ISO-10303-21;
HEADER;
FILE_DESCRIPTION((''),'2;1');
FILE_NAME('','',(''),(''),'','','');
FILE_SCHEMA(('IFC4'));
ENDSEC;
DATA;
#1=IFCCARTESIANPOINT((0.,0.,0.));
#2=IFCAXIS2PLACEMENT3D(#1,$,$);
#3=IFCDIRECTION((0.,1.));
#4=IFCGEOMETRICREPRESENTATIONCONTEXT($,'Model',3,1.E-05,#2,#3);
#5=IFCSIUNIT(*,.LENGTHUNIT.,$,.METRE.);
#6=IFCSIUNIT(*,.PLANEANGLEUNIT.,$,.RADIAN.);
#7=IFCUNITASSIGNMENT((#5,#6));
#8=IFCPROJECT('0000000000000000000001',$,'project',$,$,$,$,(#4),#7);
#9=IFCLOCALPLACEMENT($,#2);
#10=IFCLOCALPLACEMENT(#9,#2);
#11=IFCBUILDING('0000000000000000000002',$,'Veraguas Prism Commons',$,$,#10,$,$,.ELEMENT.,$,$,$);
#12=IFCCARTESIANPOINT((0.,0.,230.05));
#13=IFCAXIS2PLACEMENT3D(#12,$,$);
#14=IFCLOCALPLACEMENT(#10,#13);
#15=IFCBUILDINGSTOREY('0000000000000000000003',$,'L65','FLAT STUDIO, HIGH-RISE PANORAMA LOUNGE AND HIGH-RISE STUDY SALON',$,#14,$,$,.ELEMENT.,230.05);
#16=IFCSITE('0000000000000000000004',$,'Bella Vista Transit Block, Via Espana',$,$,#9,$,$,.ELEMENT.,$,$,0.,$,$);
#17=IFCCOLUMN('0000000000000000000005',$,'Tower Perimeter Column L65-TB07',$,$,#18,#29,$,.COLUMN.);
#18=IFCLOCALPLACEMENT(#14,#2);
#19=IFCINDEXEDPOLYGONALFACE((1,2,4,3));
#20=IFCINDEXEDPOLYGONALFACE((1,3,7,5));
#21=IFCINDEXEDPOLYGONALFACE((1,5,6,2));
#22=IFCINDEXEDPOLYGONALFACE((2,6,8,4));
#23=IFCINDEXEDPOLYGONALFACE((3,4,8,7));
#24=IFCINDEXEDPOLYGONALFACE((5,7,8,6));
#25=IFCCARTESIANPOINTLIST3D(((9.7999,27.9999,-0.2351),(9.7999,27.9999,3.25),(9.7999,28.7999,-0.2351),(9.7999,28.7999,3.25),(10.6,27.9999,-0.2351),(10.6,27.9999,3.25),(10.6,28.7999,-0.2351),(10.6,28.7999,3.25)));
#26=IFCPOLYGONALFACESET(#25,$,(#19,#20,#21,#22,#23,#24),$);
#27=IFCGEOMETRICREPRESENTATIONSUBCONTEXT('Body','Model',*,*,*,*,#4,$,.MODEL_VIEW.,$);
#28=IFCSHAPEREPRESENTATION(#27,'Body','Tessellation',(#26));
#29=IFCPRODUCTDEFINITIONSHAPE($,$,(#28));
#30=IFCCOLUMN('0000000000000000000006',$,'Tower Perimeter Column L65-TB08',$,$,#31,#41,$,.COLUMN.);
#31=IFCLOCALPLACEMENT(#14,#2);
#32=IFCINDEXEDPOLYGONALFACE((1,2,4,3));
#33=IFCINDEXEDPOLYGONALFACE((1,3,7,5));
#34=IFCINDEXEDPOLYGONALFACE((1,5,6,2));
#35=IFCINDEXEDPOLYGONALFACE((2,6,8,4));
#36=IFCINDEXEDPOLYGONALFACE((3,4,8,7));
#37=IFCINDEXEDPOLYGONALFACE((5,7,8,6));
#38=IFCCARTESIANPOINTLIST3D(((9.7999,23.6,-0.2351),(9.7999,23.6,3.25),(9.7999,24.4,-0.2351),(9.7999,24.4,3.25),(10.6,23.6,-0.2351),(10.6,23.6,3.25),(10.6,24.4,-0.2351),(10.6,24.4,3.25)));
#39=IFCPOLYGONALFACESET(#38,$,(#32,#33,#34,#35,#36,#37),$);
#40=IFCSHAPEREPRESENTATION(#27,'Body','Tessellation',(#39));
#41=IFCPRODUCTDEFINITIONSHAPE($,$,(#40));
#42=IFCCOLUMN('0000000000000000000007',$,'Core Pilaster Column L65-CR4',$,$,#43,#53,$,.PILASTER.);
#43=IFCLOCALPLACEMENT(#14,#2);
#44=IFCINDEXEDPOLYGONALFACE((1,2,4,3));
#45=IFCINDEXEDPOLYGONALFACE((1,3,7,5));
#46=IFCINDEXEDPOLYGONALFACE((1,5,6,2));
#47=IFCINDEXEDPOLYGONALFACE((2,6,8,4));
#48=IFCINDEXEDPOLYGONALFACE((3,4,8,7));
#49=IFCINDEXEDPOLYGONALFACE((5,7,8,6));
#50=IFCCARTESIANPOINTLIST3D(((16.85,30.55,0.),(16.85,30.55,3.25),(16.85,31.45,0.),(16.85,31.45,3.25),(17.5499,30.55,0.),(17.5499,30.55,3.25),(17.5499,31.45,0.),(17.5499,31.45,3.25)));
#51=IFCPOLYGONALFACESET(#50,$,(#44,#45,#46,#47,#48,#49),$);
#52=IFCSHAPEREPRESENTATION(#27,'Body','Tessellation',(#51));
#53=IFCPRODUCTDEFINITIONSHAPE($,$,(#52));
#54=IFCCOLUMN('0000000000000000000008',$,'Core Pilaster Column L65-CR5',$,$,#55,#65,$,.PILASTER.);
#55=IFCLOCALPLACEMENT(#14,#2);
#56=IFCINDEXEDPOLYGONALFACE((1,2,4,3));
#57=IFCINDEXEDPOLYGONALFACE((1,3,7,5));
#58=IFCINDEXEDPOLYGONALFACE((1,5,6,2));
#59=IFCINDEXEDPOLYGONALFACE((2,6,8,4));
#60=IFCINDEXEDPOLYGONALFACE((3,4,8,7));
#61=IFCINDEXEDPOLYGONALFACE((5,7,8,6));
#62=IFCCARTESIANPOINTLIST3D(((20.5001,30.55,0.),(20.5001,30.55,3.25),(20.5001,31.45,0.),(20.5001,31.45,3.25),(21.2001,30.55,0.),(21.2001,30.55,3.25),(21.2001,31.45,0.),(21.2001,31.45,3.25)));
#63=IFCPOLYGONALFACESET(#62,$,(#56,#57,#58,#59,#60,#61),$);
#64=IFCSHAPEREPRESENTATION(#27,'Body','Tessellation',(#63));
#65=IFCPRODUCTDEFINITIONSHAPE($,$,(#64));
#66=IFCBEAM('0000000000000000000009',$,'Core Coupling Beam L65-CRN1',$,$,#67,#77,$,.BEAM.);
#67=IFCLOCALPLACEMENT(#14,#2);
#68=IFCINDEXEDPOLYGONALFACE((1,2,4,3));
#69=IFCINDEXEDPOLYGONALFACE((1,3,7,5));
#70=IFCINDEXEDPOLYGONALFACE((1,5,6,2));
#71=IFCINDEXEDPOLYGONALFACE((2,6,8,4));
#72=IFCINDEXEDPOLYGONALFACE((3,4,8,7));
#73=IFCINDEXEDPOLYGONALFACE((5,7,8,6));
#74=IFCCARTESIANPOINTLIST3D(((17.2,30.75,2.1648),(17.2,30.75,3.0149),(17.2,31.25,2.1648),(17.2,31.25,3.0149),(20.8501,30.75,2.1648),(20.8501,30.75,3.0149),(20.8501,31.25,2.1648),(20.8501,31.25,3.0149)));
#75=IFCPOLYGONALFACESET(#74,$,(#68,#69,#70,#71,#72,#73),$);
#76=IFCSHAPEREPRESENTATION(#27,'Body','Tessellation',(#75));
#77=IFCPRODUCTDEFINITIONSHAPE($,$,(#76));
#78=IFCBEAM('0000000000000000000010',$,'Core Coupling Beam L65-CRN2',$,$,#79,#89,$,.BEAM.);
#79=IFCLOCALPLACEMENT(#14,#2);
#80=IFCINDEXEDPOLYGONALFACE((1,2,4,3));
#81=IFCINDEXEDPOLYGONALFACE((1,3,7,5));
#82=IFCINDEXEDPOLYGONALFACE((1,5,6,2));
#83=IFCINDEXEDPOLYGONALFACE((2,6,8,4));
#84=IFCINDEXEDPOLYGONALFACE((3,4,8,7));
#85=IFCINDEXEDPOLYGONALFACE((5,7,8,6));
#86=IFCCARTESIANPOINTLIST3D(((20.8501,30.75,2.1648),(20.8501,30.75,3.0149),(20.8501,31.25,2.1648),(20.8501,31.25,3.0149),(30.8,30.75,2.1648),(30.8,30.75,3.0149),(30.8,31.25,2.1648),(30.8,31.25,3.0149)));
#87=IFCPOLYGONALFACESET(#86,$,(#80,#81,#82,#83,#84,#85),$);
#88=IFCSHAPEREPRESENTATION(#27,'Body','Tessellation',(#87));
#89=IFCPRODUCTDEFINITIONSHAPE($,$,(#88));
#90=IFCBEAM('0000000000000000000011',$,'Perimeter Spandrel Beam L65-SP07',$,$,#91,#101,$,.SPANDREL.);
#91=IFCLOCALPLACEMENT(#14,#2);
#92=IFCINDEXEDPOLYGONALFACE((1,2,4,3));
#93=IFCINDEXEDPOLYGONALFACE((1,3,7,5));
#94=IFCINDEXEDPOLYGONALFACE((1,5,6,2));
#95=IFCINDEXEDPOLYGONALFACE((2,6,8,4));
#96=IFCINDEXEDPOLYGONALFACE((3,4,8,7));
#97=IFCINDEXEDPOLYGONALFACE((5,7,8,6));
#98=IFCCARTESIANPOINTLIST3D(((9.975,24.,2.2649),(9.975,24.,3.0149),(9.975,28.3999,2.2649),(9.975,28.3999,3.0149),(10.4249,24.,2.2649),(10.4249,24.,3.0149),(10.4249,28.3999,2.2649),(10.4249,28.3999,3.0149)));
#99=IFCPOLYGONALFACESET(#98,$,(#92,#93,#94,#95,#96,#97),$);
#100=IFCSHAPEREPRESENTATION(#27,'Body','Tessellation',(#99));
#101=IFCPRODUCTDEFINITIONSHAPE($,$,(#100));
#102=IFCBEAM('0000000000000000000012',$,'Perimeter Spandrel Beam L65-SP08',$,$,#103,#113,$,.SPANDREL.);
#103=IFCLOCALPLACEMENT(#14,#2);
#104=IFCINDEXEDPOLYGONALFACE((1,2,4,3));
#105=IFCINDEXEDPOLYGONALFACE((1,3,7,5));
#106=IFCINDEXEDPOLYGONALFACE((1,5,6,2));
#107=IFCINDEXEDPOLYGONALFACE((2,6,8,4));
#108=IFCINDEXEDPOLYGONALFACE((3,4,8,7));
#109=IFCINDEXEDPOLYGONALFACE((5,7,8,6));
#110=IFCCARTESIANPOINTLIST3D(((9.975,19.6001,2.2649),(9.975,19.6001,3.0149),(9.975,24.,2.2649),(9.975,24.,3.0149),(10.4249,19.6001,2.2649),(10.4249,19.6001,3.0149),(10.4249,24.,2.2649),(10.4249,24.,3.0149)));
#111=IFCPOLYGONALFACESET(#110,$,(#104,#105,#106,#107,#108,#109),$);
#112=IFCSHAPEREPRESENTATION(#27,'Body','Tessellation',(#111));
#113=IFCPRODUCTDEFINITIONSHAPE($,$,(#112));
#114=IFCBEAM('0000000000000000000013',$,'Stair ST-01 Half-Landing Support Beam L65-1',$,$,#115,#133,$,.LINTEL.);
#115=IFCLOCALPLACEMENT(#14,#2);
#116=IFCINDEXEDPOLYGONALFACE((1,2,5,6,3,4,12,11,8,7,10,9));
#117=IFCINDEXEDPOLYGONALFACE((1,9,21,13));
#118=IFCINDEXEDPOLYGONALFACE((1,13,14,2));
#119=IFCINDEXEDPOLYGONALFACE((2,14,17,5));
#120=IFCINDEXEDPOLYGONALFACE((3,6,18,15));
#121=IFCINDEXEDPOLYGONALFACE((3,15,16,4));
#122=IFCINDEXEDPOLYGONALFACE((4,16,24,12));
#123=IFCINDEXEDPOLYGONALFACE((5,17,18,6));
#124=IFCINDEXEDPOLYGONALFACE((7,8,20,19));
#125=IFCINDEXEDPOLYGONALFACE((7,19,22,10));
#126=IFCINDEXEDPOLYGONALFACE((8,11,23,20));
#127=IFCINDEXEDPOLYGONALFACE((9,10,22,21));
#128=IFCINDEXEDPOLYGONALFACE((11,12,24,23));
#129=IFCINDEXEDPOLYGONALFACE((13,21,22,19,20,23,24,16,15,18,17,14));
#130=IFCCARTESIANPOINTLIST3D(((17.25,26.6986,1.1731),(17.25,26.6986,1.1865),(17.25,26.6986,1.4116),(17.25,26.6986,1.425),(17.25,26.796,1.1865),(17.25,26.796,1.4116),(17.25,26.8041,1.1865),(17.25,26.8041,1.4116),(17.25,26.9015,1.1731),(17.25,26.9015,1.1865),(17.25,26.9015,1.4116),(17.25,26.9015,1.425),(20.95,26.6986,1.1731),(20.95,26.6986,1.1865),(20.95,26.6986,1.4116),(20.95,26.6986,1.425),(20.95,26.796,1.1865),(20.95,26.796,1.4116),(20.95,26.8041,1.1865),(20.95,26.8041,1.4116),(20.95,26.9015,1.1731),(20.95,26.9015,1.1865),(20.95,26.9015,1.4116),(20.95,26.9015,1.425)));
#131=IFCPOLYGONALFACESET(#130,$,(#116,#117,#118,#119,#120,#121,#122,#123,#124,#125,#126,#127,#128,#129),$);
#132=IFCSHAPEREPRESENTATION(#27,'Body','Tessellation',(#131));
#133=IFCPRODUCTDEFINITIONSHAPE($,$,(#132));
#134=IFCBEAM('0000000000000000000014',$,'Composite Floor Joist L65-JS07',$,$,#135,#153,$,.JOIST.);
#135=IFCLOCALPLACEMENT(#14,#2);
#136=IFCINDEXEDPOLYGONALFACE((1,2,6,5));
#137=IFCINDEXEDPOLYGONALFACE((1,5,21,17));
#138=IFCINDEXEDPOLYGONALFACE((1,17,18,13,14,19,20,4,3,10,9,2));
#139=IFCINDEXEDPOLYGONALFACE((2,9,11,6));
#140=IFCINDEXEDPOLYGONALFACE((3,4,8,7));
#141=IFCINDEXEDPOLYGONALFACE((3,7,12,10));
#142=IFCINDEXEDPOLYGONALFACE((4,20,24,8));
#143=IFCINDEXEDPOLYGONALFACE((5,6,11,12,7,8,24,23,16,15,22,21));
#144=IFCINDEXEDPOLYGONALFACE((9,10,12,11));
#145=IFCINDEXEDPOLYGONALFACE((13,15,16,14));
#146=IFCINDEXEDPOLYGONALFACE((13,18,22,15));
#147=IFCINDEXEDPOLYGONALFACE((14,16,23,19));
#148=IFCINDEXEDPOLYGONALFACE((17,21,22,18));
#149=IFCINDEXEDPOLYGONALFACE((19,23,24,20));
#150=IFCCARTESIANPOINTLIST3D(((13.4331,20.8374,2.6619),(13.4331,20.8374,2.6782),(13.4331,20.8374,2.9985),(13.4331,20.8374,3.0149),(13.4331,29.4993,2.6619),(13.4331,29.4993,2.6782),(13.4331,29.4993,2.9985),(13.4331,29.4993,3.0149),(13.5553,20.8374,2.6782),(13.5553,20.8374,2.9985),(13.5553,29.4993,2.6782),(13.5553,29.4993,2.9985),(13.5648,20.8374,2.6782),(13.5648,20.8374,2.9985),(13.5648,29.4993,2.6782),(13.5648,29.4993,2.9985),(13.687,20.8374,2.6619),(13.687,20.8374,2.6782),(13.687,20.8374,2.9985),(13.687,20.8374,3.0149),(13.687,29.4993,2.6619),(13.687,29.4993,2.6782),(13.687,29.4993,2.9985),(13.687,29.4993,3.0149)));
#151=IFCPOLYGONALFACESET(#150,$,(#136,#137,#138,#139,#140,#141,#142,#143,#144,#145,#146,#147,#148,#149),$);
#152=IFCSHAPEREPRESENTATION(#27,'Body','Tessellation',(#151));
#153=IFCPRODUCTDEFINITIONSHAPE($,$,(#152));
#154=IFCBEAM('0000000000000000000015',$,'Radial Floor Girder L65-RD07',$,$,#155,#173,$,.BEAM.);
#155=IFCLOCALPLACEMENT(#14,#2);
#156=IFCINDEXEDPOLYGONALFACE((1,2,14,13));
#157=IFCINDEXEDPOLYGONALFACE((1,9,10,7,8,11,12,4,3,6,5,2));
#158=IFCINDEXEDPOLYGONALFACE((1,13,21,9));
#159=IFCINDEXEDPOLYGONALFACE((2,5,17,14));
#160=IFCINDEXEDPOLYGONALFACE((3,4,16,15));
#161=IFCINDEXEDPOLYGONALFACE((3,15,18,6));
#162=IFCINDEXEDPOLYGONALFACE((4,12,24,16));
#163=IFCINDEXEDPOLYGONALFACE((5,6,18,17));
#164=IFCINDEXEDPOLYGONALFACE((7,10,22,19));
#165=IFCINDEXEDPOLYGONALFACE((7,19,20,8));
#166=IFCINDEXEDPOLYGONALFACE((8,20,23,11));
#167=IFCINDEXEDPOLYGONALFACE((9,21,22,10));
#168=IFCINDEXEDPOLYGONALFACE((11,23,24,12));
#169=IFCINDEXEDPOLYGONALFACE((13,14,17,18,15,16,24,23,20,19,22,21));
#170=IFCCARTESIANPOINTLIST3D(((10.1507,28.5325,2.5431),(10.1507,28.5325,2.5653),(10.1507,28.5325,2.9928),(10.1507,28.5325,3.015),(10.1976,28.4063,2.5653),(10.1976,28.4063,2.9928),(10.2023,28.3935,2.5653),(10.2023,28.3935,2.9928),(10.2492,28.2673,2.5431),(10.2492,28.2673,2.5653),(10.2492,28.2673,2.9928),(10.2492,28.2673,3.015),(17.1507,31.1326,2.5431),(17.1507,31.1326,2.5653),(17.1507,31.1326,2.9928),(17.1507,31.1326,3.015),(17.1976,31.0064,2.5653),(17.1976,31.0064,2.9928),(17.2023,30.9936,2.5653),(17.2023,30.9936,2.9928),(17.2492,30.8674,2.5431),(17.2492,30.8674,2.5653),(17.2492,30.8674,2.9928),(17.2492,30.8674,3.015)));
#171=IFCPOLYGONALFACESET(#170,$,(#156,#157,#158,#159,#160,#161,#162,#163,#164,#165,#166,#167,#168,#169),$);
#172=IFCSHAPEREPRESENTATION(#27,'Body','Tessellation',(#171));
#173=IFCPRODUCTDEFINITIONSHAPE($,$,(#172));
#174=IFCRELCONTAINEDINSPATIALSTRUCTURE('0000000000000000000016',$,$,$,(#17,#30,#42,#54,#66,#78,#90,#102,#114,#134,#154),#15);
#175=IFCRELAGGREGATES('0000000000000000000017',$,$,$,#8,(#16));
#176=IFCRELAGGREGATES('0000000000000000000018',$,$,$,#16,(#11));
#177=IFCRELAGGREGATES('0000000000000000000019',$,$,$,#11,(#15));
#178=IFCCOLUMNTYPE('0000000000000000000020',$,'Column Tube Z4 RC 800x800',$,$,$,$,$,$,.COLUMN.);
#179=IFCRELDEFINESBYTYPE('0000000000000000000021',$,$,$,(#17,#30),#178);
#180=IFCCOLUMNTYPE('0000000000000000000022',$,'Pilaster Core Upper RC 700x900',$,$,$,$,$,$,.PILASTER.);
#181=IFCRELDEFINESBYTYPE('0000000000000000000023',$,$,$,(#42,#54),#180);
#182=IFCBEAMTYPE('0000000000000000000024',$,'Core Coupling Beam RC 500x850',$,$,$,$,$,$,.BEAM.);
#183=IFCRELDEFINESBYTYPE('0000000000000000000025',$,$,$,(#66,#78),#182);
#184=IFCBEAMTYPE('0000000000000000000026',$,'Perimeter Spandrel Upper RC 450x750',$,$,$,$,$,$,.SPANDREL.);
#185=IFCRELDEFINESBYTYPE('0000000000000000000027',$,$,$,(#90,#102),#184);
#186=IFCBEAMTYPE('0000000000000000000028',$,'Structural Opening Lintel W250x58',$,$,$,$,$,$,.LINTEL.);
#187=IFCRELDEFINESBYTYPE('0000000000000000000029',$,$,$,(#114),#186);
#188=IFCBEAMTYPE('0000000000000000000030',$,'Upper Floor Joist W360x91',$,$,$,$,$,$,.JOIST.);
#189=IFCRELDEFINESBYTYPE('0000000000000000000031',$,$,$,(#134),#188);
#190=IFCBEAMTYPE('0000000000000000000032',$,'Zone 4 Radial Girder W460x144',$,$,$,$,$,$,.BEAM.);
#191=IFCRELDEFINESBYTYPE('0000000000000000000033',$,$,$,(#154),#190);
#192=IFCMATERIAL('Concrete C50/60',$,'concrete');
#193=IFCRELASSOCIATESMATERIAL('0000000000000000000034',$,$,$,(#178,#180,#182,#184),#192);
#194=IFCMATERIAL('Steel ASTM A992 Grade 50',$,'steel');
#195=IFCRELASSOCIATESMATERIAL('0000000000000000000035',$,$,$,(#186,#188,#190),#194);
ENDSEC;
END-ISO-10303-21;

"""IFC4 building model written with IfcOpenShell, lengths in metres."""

from ifc_helpers import new_model, si_unit, direction, frame, origin, origin_2d, place, context, subcontext, project, spatial, rectangle, i_section, extrude, material, material_profile, profile_set, type_object, element, save


model = new_model("IFC4")

# Units and contexts
model_context = context("Model", 3, precision=1e-05, world=origin(), true_north=direction((0.0, 1.0)))
body_context = subcontext(model_context, "Body", "Model", "MODEL_VIEW")
ifc_project = project(units=[si_unit("LENGTHUNIT", "METRE"), si_unit("PLANEANGLEUNIT", "RADIAN")], contexts=[model_context])

# Site, building, storey
site_placement = place(None, origin())
site = spatial("IfcSite", under=ifc_project, at=site_placement, Name="Bella Vista Transit Block, Via Espana", CompositionType="ELEMENT", RefElevation=0.0)
building_placement = place(site_placement, origin())
building = spatial("IfcBuilding", under=site, at=building_placement, Name="Veraguas Prism Commons", CompositionType="ELEMENT")
storey_placement = place(building_placement, frame((0.0, 0.0, 230.05)))
storey = spatial("IfcBuildingStorey", under=building, at=storey_placement, Name="L65", Description="FLAT STUDIO, HIGH-RISE PANORAMA LOUNGE AND HIGH-RISE STUDY SALON", CompositionType="ELEMENT", Elevation=230.05)

# Columns
ifc_material_1 = material(Name="Concrete C50/60", Category="concrete")
ifc_material_profile_1 = material_profile(ifc_material_1, rectangle(XDim=0.8, YDim=0.8, at=origin_2d()), Name="RC800X800")
ifc_profile_set_1 = profile_set([ifc_material_profile_1], Name="Concrete C50/60")
column_type_1 = type_object("IfcColumnType", Name="Column Tube Z4 RC 800x800", PredefinedType="COLUMN", material=ifc_profile_set_1)
for number, where, z_axis, x_axis, name in (
    (1, (10.2, 28.3999, -0.2351), (0.0, 0.0, 1.0), (1.0, 0.0, 0.0), "Tower Perimeter Column L65-TB07"),
    (2, (10.2, 24.0, -0.2351), (0.0, 0.0, 1.0), (1.0, 0.0, 0.0), "Tower Perimeter Column L65-TB08"),
):
    element("IfcColumn", number, at=place(storey_placement, frame(where, z_axis=z_axis, x_axis=x_axis)), inside=storey, type_object=column_type_1, Name=name, PredefinedType="COLUMN", context=body_context, shape_type="SweptSolid", body=[
        extrude(rectangle(XDim=0.8, YDim=0.8, at=origin_2d()), origin(), (0.0, 0.0, 1.0), 3.4851),
    ])
ifc_material_profile_2 = material_profile(ifc_material_1, rectangle(XDim=0.7, YDim=0.8999, at=origin_2d()), Name="RC700X900")
ifc_profile_set_2 = profile_set([ifc_material_profile_2], Name="Concrete C50/60")
column_type_2 = type_object("IfcColumnType", Name="Pilaster Core Upper RC 700x900", PredefinedType="PILASTER", material=ifc_profile_set_2)
for number, where, z_axis, x_axis, name in (
    (3, (17.2, 31.0, 0.0), (0.0, 0.0, 1.0), (1.0, 0.0, 0.0), "Core Pilaster Column L65-CR4"),
    (4, (20.8501, 31.0, 0.0), (0.0, 0.0, 1.0), (1.0, 0.0, 0.0), "Core Pilaster Column L65-CR5"),
):
    element("IfcColumn", number, at=place(storey_placement, frame(where, z_axis=z_axis, x_axis=x_axis)), inside=storey, type_object=column_type_2, Name=name, PredefinedType="PILASTER", context=body_context, shape_type="SweptSolid", body=[
        extrude(rectangle(XDim=0.7, YDim=0.8999, at=origin_2d()), origin(), (0.0, 0.0, 1.0), 3.25),
    ])

# Beams
ifc_material_profile_3 = material_profile(ifc_material_1, rectangle(XDim=0.5, YDim=0.8501, at=origin_2d()), Name="RC500X850")
ifc_profile_set_3 = profile_set([ifc_material_profile_3], Name="Concrete C50/60")
beam_type_1 = type_object("IfcBeamType", Name="Core Coupling Beam RC 500x850", PredefinedType="BEAM", material=ifc_profile_set_3)
beam_1_placement = place(storey_placement, frame((17.2, 31.0, 2.5898), z_axis=(1.0, 0.0, 0.0), x_axis=(0.0, 1.0, 0.0)))
element("IfcBeam", 5, at=beam_1_placement, inside=storey, type_object=beam_type_1, Name="Core Coupling Beam L65-CRN1", PredefinedType="BEAM", context=body_context, shape_type="SweptSolid", body=[
    extrude(rectangle(XDim=0.5, YDim=0.8501, at=origin_2d()), origin(), (0.0, 0.0, 1.0), 3.6501),
])
beam_2_placement = place(storey_placement, frame((20.8501, 31.0, 2.5898), z_axis=(1.0, 0.0, 0.0), x_axis=(0.0, 1.0, 0.0)))
element("IfcBeam", 6, at=beam_2_placement, inside=storey, type_object=beam_type_1, Name="Core Coupling Beam L65-CRN2", PredefinedType="BEAM", context=body_context, shape_type="SweptSolid", body=[
    extrude(rectangle(XDim=0.5, YDim=0.8501, at=origin_2d()), origin(), (0.0, 0.0, 1.0), 9.95),
])
ifc_material_profile_4 = material_profile(ifc_material_1, rectangle(XDim=0.45, YDim=0.75, at=origin_2d()), Name="RC450X750")
ifc_profile_set_4 = profile_set([ifc_material_profile_4], Name="Concrete C50/60")
beam_type_2 = type_object("IfcBeamType", Name="Perimeter Spandrel Upper RC 450x750", PredefinedType="SPANDREL", material=ifc_profile_set_4)
for number, where, z_axis, x_axis, name in (
    (7, (10.2, 28.3999, 2.6399), (0.0, -1.0, 0.0), (1.0, 0.0, 0.0), "Perimeter Spandrel Beam L65-SP07"),
    (8, (10.2, 24.0, 2.6399), (0.0, -1.0, 0.0), (1.0, 0.0, 0.0), "Perimeter Spandrel Beam L65-SP08"),
):
    element("IfcBeam", number, at=place(storey_placement, frame(where, z_axis=z_axis, x_axis=x_axis)), inside=storey, type_object=beam_type_2, Name=name, PredefinedType="SPANDREL", context=body_context, shape_type="SweptSolid", body=[
        extrude(rectangle(XDim=0.45, YDim=0.75, at=origin_2d()), origin(), (0.0, 0.0, 1.0), 4.3999),
    ])
ifc_material_2 = material(Name="Steel ASTM A992 Grade 50", Category="steel")
ifc_material_profile_5 = material_profile(ifc_material_2, i_section(OverallWidth=0.2029, OverallDepth=0.252, WebThickness=0.0081, FlangeThickness=0.0134, at=origin_2d()), Name="W250X58")
ifc_profile_set_5 = profile_set([ifc_material_profile_5], Name="Steel ASTM A992 Grade 50")
beam_type_3 = type_object("IfcBeamType", Name="Structural Opening Lintel W250x58", PredefinedType="LINTEL", material=ifc_profile_set_5)
beam_3_placement = place(storey_placement, frame((17.25, 26.8, 1.2991), z_axis=(1.0, 0.0, 0.0), x_axis=(0.0, 1.0, 0.0)))
element("IfcBeam", 9, at=beam_3_placement, inside=storey, type_object=beam_type_3, Name="Stair ST-01 Half-Landing Support Beam L65-1", PredefinedType="LINTEL", context=body_context, shape_type="SweptSolid", body=[
    extrude(i_section(OverallWidth=0.2029, OverallDepth=0.252, WebThickness=0.0081, FlangeThickness=0.0134, at=origin_2d()), origin(), (0.0, 0.0, 1.0), 3.7),
])
ifc_material_profile_6 = material_profile(ifc_material_2, i_section(OverallWidth=0.2539, OverallDepth=0.353, WebThickness=0.0095, FlangeThickness=0.0164, at=origin_2d()), Name="W360X91")
ifc_profile_set_6 = profile_set([ifc_material_profile_6], Name="Steel ASTM A992 Grade 50")
beam_type_4 = type_object("IfcBeamType", Name="Upper Floor Joist W360x91", PredefinedType="JOIST", material=ifc_profile_set_6)
beam_4_placement = place(storey_placement, frame((13.5601, 29.4993, 2.8384), z_axis=(0.0, -1.0, 0.0), x_axis=(1.0, 0.0, 0.0)))
element("IfcBeam", 10, at=beam_4_placement, inside=storey, type_object=beam_type_4, Name="Composite Floor Joist L65-JS07", PredefinedType="JOIST", context=body_context, shape_type="SweptSolid", body=[
    extrude(i_section(OverallWidth=0.2539, OverallDepth=0.353, WebThickness=0.0095, FlangeThickness=0.0164, at=origin_2d()), origin(), (0.0, 0.0, 1.0), 8.6619),
])
ifc_material_profile_7 = material_profile(ifc_material_2, i_section(OverallWidth=0.283, OverallDepth=0.4719, WebThickness=0.0137, FlangeThickness=0.0222, at=origin_2d()), Name="W460X144")
ifc_profile_set_7 = profile_set([ifc_material_profile_7], Name="Steel ASTM A992 Grade 50")
beam_type_5 = type_object("IfcBeamType", Name="Zone 4 Radial Girder W460x144", PredefinedType="BEAM", material=ifc_profile_set_7)
beam_5_placement = place(storey_placement, frame((10.2, 28.3999, 2.7791), z_axis=(0.937421, 0.348198, 0.0), x_axis=(-0.348198, 0.937421, 0.0)))
element("IfcBeam", 11, at=beam_5_placement, inside=storey, type_object=beam_type_5, Name="Radial Floor Girder L65-RD07", PredefinedType="BEAM", context=body_context, shape_type="SweptSolid", body=[
    extrude(i_section(OverallWidth=0.283, OverallDepth=0.4719, WebThickness=0.0137, FlangeThickness=0.0222, at=origin_2d()), origin(), (0.0, 0.0, 1.0), 7.4673),
])

save(model, "model.ifc")
